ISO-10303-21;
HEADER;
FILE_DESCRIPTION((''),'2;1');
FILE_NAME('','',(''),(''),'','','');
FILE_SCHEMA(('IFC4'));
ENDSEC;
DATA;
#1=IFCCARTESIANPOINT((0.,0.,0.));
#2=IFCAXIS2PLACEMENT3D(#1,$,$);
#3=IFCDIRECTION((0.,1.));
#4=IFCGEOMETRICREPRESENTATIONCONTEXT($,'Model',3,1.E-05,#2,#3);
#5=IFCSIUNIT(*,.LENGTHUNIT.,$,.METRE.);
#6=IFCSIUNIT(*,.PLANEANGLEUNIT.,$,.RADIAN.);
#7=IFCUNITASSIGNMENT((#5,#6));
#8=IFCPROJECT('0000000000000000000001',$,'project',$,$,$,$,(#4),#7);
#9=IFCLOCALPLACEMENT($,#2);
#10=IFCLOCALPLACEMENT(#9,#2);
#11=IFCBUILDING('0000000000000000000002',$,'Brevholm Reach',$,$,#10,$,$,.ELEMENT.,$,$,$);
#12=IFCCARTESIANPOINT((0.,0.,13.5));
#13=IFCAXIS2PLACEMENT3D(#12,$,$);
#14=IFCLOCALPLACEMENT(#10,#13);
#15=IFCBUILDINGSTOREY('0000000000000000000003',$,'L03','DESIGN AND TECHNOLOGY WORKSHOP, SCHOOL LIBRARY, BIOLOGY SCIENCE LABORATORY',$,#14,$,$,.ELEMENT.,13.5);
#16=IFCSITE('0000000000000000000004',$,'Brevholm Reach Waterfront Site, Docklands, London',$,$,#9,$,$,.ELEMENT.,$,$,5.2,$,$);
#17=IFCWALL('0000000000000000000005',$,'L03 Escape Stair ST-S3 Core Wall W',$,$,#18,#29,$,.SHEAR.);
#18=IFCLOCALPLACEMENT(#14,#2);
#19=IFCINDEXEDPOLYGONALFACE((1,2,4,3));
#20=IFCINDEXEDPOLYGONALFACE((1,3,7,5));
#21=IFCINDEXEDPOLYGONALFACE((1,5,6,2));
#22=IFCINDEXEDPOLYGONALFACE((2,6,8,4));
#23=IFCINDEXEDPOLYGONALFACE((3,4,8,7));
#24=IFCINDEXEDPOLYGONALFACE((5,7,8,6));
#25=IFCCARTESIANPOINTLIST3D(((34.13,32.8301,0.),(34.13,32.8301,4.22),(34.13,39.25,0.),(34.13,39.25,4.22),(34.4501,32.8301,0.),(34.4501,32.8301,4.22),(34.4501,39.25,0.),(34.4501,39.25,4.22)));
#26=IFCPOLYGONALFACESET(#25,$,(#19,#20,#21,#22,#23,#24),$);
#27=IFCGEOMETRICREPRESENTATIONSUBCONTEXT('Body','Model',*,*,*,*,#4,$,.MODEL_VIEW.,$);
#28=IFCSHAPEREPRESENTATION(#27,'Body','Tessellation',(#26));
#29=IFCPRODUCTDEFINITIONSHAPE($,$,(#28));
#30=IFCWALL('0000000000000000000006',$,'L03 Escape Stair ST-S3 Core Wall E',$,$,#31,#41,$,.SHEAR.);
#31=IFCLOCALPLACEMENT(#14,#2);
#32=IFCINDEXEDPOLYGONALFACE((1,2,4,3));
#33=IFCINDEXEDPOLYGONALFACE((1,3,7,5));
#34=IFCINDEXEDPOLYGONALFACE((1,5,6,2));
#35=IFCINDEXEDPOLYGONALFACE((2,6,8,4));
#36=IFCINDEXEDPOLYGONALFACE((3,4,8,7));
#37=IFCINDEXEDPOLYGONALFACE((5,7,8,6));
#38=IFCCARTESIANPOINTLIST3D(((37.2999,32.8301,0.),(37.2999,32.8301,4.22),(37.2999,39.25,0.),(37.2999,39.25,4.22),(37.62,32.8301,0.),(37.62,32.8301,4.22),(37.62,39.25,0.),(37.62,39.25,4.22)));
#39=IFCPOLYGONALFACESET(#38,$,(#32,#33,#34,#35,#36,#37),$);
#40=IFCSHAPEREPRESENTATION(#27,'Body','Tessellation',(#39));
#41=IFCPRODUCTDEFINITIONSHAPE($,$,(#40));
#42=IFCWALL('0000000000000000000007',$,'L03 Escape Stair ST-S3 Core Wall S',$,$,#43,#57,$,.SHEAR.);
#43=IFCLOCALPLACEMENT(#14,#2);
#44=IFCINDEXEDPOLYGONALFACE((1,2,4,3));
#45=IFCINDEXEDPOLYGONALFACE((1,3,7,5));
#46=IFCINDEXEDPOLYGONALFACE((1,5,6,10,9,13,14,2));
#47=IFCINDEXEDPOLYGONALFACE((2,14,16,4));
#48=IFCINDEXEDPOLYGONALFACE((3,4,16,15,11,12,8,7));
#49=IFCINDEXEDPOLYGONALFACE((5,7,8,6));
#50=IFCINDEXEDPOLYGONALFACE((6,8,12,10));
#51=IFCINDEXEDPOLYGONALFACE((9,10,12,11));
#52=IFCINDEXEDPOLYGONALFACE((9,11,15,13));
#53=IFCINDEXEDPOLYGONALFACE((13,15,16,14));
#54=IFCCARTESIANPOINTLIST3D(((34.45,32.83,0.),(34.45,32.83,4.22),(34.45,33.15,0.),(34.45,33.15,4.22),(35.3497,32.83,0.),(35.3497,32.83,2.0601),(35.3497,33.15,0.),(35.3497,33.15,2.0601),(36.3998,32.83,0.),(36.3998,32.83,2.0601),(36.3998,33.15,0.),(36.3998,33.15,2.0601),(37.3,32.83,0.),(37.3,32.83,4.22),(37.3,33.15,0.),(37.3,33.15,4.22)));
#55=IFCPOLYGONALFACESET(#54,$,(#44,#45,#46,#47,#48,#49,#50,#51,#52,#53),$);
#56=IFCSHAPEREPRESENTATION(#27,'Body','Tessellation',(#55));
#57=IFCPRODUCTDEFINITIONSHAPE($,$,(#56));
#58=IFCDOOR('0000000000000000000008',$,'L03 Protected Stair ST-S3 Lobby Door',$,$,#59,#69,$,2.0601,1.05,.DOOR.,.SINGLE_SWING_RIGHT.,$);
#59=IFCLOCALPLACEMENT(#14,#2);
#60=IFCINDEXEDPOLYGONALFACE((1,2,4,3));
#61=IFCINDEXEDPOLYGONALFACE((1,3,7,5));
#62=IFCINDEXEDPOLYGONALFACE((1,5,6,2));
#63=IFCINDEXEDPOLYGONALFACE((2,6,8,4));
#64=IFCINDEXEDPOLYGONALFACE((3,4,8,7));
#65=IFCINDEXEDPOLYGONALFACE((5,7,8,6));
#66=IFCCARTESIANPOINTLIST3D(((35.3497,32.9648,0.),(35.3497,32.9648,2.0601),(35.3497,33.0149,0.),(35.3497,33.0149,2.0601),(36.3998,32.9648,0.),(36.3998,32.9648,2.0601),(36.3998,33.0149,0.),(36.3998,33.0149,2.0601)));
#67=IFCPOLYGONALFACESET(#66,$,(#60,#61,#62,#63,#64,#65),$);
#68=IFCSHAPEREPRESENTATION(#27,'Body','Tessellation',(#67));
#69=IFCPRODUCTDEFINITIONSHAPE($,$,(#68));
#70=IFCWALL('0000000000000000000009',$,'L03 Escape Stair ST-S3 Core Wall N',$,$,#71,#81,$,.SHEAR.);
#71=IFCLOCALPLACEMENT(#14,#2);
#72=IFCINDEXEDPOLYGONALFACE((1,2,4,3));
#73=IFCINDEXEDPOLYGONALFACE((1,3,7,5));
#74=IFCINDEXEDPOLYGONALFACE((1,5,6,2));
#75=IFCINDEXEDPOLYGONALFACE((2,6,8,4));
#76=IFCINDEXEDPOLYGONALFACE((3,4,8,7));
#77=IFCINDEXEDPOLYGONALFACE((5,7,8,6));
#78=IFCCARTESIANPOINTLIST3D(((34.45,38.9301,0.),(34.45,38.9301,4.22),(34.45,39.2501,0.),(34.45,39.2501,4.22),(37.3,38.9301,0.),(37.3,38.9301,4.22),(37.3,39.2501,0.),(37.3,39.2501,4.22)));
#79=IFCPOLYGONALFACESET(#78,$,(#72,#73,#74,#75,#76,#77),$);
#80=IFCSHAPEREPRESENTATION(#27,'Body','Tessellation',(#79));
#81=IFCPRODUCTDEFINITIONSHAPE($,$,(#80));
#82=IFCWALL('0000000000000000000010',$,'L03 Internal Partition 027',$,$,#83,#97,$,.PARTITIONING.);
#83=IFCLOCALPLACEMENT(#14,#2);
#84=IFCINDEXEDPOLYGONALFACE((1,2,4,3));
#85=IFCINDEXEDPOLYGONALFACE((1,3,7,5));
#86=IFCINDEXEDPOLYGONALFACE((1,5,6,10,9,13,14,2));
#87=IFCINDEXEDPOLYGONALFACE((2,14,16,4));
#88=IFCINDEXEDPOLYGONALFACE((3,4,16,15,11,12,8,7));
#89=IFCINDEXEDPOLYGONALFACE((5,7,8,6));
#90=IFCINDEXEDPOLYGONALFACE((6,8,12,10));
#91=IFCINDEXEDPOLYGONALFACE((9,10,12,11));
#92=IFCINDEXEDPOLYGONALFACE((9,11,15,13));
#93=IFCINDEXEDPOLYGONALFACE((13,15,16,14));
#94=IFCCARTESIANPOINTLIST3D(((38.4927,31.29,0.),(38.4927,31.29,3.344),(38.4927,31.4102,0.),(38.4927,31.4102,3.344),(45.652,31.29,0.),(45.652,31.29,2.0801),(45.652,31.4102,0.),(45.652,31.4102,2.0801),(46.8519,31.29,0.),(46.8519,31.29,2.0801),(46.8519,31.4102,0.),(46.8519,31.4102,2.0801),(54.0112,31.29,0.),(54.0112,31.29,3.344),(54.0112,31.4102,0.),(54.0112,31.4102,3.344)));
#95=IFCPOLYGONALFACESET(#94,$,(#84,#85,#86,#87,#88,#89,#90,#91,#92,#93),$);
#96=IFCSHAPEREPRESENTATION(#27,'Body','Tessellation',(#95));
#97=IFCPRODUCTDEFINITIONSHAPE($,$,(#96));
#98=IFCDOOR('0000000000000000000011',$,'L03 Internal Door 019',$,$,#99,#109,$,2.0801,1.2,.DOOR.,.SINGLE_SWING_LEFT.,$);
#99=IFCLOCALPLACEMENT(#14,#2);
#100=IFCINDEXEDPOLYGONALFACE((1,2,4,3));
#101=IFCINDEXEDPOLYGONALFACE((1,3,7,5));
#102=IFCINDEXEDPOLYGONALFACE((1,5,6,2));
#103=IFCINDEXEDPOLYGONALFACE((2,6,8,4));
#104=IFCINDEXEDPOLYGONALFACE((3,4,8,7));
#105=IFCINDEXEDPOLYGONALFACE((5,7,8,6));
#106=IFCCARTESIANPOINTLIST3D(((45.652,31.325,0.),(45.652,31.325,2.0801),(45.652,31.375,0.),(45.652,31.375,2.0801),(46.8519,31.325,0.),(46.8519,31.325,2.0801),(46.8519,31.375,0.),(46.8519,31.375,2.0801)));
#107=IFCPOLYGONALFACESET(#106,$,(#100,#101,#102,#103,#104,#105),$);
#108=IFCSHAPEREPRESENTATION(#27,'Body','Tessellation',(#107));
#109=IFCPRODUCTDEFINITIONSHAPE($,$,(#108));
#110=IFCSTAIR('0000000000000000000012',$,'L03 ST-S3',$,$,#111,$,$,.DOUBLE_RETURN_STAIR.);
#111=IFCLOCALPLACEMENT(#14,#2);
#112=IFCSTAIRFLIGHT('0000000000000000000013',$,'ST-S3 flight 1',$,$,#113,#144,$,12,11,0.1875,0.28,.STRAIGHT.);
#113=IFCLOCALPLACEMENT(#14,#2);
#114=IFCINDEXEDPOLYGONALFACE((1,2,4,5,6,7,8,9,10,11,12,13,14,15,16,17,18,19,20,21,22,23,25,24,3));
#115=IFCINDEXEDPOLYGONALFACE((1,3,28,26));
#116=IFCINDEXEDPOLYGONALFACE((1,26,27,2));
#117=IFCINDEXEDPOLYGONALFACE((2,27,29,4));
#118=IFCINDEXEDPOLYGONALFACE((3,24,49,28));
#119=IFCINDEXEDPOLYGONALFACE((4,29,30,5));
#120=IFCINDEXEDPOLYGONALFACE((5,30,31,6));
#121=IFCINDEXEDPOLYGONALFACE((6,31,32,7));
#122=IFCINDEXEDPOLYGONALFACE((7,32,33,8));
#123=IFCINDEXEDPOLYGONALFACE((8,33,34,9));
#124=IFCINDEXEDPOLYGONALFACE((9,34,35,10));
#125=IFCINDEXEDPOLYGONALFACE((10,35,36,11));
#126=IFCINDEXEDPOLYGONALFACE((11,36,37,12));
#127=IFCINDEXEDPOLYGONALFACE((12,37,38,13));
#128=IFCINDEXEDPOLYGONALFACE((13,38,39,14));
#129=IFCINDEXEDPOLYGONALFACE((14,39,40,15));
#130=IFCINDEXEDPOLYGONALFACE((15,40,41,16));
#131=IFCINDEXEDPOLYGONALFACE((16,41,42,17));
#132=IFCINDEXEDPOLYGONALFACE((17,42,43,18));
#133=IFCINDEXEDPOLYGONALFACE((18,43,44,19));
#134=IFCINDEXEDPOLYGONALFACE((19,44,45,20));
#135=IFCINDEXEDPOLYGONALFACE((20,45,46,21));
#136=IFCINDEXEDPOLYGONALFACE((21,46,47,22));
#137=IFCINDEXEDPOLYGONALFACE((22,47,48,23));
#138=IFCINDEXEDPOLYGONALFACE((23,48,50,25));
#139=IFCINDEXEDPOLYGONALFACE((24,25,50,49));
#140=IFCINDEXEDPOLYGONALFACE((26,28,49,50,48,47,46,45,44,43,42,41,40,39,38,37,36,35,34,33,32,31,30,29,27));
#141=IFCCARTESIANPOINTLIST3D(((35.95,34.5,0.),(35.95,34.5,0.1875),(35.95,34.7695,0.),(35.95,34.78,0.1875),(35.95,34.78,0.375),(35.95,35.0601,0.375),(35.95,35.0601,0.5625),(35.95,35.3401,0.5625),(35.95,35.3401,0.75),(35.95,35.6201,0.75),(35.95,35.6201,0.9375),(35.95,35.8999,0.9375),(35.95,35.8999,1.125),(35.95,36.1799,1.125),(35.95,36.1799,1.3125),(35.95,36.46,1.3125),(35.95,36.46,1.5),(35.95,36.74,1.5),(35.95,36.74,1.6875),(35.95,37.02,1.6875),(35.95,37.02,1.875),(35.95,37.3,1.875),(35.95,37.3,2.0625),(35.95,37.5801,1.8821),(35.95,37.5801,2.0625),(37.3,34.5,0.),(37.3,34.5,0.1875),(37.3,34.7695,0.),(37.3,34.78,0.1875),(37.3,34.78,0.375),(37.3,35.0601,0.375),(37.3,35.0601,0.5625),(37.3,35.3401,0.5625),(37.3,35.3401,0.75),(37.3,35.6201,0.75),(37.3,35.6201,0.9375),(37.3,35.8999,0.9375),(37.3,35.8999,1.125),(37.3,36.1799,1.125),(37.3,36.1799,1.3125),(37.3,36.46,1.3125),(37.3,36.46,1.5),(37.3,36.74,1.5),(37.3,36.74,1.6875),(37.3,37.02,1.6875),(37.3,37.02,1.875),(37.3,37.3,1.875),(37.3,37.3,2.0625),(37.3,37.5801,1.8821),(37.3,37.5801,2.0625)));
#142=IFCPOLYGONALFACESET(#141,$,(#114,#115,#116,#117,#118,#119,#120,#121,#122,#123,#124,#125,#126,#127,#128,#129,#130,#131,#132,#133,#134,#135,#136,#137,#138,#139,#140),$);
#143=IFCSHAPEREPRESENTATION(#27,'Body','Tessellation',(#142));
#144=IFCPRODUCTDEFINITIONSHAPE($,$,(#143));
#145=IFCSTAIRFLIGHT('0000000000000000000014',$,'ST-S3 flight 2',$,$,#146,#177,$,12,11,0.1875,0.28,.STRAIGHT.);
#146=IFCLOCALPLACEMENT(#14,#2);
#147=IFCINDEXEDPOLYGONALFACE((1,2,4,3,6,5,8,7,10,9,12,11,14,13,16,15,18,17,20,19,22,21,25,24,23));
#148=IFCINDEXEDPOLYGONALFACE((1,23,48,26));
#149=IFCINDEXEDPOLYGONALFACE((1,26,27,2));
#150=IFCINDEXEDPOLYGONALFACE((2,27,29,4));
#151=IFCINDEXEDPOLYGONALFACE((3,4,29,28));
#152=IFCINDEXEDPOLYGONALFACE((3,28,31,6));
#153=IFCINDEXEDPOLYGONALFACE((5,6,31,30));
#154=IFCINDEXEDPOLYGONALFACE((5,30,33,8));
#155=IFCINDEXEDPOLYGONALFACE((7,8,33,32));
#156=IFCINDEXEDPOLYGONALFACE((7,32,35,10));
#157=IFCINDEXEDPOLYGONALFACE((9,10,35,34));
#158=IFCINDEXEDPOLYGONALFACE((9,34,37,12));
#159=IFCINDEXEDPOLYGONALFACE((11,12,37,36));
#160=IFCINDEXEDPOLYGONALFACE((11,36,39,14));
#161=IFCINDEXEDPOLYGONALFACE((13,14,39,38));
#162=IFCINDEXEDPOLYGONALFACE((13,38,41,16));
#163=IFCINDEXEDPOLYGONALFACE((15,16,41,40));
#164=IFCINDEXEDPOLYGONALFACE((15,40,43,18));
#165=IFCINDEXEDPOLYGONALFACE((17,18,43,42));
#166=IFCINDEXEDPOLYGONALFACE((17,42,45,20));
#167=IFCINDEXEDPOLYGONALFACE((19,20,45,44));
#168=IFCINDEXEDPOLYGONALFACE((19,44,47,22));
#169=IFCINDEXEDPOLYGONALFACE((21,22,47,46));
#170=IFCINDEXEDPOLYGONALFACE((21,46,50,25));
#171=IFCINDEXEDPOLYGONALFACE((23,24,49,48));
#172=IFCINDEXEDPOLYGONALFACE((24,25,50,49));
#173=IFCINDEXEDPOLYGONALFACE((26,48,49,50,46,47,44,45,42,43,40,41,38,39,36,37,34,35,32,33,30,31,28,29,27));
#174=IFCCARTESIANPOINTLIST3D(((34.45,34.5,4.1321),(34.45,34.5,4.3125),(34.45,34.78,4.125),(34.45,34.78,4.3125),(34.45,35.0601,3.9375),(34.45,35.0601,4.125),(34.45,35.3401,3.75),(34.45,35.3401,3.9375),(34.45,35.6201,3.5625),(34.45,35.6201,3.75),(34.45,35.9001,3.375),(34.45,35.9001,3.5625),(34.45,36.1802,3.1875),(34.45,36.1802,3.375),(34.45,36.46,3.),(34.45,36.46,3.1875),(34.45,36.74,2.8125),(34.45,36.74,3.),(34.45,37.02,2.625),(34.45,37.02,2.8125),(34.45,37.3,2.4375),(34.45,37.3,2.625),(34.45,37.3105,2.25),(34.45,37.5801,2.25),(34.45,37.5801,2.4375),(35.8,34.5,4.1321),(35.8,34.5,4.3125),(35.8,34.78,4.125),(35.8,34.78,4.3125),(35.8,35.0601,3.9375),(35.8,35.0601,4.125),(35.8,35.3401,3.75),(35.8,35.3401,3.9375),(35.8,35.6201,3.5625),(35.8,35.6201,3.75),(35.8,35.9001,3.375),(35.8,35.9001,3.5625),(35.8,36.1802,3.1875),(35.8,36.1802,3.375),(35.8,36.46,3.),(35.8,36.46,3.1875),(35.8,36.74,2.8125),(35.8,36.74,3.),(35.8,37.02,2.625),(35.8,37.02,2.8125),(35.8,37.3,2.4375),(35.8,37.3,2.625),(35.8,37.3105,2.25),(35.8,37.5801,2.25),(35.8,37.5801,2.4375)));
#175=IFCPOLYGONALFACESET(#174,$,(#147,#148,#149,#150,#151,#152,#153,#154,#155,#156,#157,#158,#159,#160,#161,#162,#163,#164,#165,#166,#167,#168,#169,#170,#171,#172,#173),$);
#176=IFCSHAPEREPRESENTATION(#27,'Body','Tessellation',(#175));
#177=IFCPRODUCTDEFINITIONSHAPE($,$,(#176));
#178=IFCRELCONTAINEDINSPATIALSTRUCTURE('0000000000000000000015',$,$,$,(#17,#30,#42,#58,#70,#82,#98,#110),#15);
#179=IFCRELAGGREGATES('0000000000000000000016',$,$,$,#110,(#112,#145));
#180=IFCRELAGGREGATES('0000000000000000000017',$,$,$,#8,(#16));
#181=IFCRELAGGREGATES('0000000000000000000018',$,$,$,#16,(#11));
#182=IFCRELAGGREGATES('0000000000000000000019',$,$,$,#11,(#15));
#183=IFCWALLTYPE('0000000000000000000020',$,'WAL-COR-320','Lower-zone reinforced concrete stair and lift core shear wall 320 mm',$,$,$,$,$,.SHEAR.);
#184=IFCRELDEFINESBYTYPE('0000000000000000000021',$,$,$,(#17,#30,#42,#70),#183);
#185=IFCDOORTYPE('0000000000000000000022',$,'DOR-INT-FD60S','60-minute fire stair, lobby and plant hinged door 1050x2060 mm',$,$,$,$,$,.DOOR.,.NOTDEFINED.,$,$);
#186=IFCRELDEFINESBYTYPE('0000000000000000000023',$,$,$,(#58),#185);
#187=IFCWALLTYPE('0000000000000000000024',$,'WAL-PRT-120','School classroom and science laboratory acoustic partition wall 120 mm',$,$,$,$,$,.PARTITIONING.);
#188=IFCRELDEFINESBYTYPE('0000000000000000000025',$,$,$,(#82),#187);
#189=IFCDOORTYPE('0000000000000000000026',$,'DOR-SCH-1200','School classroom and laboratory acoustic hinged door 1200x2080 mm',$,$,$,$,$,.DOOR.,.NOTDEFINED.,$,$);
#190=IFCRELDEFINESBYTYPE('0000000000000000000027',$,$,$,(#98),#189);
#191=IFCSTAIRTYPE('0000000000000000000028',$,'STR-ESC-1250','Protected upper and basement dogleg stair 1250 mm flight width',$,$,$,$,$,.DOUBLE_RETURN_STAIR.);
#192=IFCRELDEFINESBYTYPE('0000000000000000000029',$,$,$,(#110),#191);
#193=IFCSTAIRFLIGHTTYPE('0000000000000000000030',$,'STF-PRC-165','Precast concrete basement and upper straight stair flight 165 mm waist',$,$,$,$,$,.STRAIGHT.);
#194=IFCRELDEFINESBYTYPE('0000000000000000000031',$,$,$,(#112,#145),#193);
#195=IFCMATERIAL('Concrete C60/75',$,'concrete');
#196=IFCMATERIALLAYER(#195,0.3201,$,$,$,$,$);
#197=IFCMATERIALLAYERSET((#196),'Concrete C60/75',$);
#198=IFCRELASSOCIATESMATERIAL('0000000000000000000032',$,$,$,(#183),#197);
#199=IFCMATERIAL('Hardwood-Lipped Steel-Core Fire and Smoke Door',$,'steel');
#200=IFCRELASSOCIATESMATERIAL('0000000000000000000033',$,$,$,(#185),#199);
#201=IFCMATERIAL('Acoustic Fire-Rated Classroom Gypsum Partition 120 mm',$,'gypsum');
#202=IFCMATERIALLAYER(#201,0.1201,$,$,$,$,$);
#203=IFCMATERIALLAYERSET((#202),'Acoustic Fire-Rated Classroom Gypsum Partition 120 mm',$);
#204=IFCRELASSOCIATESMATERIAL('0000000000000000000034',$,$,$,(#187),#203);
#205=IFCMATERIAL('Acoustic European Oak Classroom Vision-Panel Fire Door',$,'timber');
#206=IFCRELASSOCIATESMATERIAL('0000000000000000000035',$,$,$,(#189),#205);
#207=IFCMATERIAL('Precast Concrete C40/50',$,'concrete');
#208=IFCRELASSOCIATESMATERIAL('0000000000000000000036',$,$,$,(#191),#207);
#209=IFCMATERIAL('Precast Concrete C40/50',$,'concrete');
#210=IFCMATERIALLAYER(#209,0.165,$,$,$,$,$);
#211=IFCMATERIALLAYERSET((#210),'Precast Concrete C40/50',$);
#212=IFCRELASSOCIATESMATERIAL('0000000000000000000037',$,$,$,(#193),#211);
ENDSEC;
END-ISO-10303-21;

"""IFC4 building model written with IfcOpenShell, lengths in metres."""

from ifc_helpers import new_model, si_unit, direction, frame, frame_2d, origin, place, context, subcontext, project, spatial, polyline, rectangle, outline, extrude, material, layer, layer_set, type_object, element, fill, aggregate, save


model = new_model("IFC4")

# Units and contexts
model_context = context("Model", 3, precision=1e-05, world=origin(), true_north=direction((0.0, 1.0)))
body_context = subcontext(model_context, "Body", "Model", "MODEL_VIEW")
ifc_project = project(units=[si_unit("LENGTHUNIT", "METRE"), si_unit("PLANEANGLEUNIT", "RADIAN")], contexts=[model_context])

# Site, building, storey
site_placement = place(None, origin())
site = spatial("IfcSite", under=ifc_project, at=site_placement, Name="Brevholm Reach Waterfront Site, Docklands, London", CompositionType="ELEMENT", RefElevation=5.2)
building_placement = place(site_placement, origin())
building = spatial("IfcBuilding", under=site, at=building_placement, Name="Brevholm Reach", CompositionType="ELEMENT")
storey_placement = place(building_placement, frame((0.0, 0.0, 13.5)))
storey = spatial("IfcBuildingStorey", under=building, at=storey_placement, Name="L03", Description="DESIGN AND TECHNOLOGY WORKSHOP, SCHOOL LIBRARY, BIOLOGY SCIENCE LABORATORY", CompositionType="ELEMENT", Elevation=13.5)

# Walls
ifc_material_1 = material(Name="Concrete C60/75", Category="concrete")
ifc_layer_1 = layer(ifc_material_1, 0.3201)
ifc_layer_set_1 = layer_set([ifc_layer_1], Name="Concrete C60/75")
wall_type_1 = type_object("IfcWallType", Name="WAL-COR-320", Description="Lower-zone reinforced concrete stair and lift core shear wall 320 mm", PredefinedType="SHEAR", material=ifc_layer_set_1)
for number, where, z_axis, x_axis, name in (
    (1, (34.29, 32.8301, 0.0), (0.0, 0.0, 1.0), (0.0, 1.0, 0.0), "L03 Escape Stair ST-S3 Core Wall W"),
    (2, (37.46, 32.8301, 0.0), (0.0, 0.0, 1.0), (0.0, 1.0, 0.0), "L03 Escape Stair ST-S3 Core Wall E"),
):
    element("IfcWall", number, at=place(storey_placement, frame(where, z_axis=z_axis, x_axis=x_axis)), inside=storey, type_object=wall_type_1, Name=name, PredefinedType="SHEAR", context=body_context, shape_type="SweptSolid", body=[
        extrude(rectangle(XDim=6.4199, YDim=0.3201, at=frame_2d((3.21, 0.0))), origin(), (0.0, 0.0, 1.0), 4.22),
    ])

# Wall, opening, door
wall_1_placement = place(storey_placement, frame((34.45, 32.99, 0.0), z_axis=(0.0, 0.0, 1.0), x_axis=(1.0, 0.0, 0.0)))
wall_1 = element("IfcWall", 3, at=wall_1_placement, inside=storey, type_object=wall_type_1, Name="L03 Escape Stair ST-S3 Core Wall S", PredefinedType="SHEAR", context=body_context, shape_type="SweptSolid", body=[
    extrude(rectangle(XDim=2.8501, YDim=0.3201, at=frame_2d((1.425, 0.0))), origin(), (0.0, 0.0, 1.0), 4.22),
])
opening_1_placement = place(wall_1_placement, frame((0.8999, 0.0, 0.0)))
opening_1 = element("IfcOpeningElement", 4, at=opening_1_placement, cuts=wall_1, PredefinedType="OPENING", context=body_context, shape_type="SweptSolid", body=[
    extrude(rectangle(XDim=1.05, YDim=2.0601, at=frame_2d((0.5249, 1.03))), frame((0.0, 0.1699, 0.0), z_axis=(0.0, -1.0, 0.0), x_axis=(1.0, 0.0, 0.0)), (0.0, 0.0, 1.0), 0.3401),
])
ifc_material_2 = material(Name="Hardwood-Lipped Steel-Core Fire and Smoke Door", Category="steel")
door_type_1 = type_object("IfcDoorType", Name="DOR-INT-FD60S", Description="60-minute fire stair, lobby and plant hinged door 1050x2060 mm", OperationType="NOTDEFINED", PredefinedType="DOOR", material=ifc_material_2)
door_1_placement = place(opening_1_placement, origin())
door_1 = element("IfcDoor", 5, at=door_1_placement, inside=storey, type_object=door_type_1, Name="L03 Protected Stair ST-S3 Lobby Door", OperationType="SINGLE_SWING_RIGHT", OverallHeight=2.0601, OverallWidth=1.05, PredefinedType="DOOR", context=body_context, shape_type="SweptSolid", body=[
    extrude(rectangle(XDim=1.05, YDim=2.0601, at=frame_2d((0.5249, 1.03))), frame((0.0, 0.0249, 0.0), z_axis=(0.0, -1.0, 0.0), x_axis=(1.0, 0.0, 0.0)), (0.0, 0.0, 1.0), 0.05),
])
fill(opening_1, door_1)

# Wall
wall_2_placement = place(storey_placement, frame((37.3, 39.0901, 0.0), z_axis=(0.0, 0.0, 1.0), x_axis=(-1.0, 0.0, 0.0)))
element("IfcWall", 6, at=wall_2_placement, inside=storey, type_object=wall_type_1, Name="L03 Escape Stair ST-S3 Core Wall N", PredefinedType="SHEAR", context=body_context, shape_type="SweptSolid", body=[
    extrude(rectangle(XDim=2.8501, YDim=0.3201, at=frame_2d((1.425, 0.0))), origin(), (0.0, 0.0, 1.0), 4.22),
])

# Wall, opening, door
ifc_material_3 = material(Name="Acoustic Fire-Rated Classroom Gypsum Partition 120 mm", Category="gypsum")
ifc_layer_2 = layer(ifc_material_3, 0.1201)
ifc_layer_set_2 = layer_set([ifc_layer_2], Name="Acoustic Fire-Rated Classroom Gypsum Partition 120 mm")
wall_type_2 = type_object("IfcWallType", Name="WAL-PRT-120", Description="School classroom and science laboratory acoustic partition wall 120 mm", PredefinedType="PARTITIONING", material=ifc_layer_set_2)
wall_3_placement = place(storey_placement, frame((38.4927, 31.3501, 0.0), z_axis=(0.0, 0.0, 1.0), x_axis=(1.0, 0.0, 0.0)))
wall_3 = element("IfcWall", 7, at=wall_3_placement, inside=storey, type_object=wall_type_2, Name="L03 Internal Partition 027", PredefinedType="PARTITIONING", context=body_context, shape_type="SweptSolid", body=[
    extrude(rectangle(XDim=15.5186, YDim=0.1201, at=frame_2d((7.7593, 0.0))), origin(), (0.0, 0.0, 1.0), 3.344),
])
opening_2_placement = place(wall_3_placement, frame((7.1592, 0.0, 0.0)))
opening_2 = element("IfcOpeningElement", 8, at=opening_2_placement, cuts=wall_3, PredefinedType="OPENING", context=body_context, shape_type="SweptSolid", body=[
    extrude(rectangle(XDim=1.2, YDim=2.0801, at=frame_2d((0.6001, 1.04))), frame((0.0, 0.0701, 0.0), z_axis=(0.0, -1.0, 0.0), x_axis=(1.0, 0.0, 0.0)), (0.0, 0.0, 1.0), 0.1401),
])
ifc_material_4 = material(Name="Acoustic European Oak Classroom Vision-Panel Fire Door", Category="timber")
door_type_2 = type_object("IfcDoorType", Name="DOR-SCH-1200", Description="School classroom and laboratory acoustic hinged door 1200x2080 mm", OperationType="NOTDEFINED", PredefinedType="DOOR", material=ifc_material_4)
door_2_placement = place(opening_2_placement, origin())
door_2 = element("IfcDoor", 9, at=door_2_placement, inside=storey, type_object=door_type_2, Name="L03 Internal Door 019", OperationType="SINGLE_SWING_LEFT", OverallHeight=2.0801, OverallWidth=1.2, PredefinedType="DOOR", context=body_context, shape_type="SweptSolid", body=[
    extrude(rectangle(XDim=1.2, YDim=2.0801, at=frame_2d((0.6001, 1.04))), frame((0.0, 0.0249, 0.0), z_axis=(0.0, -1.0, 0.0), x_axis=(1.0, 0.0, 0.0)), (0.0, 0.0, 1.0), 0.05),
])
fill(opening_2, door_2)

# Stair, stair flights
ifc_material_5 = material(Name="Precast Concrete C40/50", Category="concrete")
stair_type = type_object("IfcStairType", Name="STR-ESC-1250", Description="Protected upper and basement dogleg stair 1250 mm flight width", PredefinedType="DOUBLE_RETURN_STAIR", material=ifc_material_5)
stair_placement = place(storey_placement, origin())
stair = element("IfcStair", 10, at=stair_placement, inside=storey, type_object=stair_type, Name="L03 ST-S3", PredefinedType="DOUBLE_RETURN_STAIR")
ifc_material_6 = material(Name="Precast Concrete C40/50", Category="concrete")
ifc_layer_3 = layer(ifc_material_6, 0.165)
ifc_layer_set_3 = layer_set([ifc_layer_3], Name="Precast Concrete C40/50")
stair_flight_type = type_object("IfcStairFlightType", Name="STF-PRC-165", Description="Precast concrete basement and upper straight stair flight 165 mm waist", PredefinedType="STRAIGHT", material=ifc_layer_set_3)
stair_flight_1_placement = place(storey_placement, frame((36.625, 34.5, 0.0), z_axis=(0.0, 0.0, 1.0), x_axis=(0.0, 1.0, 0.0)))
stair_flight_1 = element("IfcStairFlight", 11, at=stair_flight_1_placement, type_object=stair_flight_type, Name="ST-S3 flight 1", NumberOfRisers=12, NumberOfTreads=11, PredefinedType="STRAIGHT", RiserHeight=0.1875, TreadLength=0.28, context=body_context, shape_type="SweptSolid", body=[
    extrude(outline(polyline([(0.0, 0.0), (0.0, 0.1875), (0.28, 0.1875), (0.28, 0.375), (0.5601, 0.375), (0.5601, 0.5625), (0.8401, 0.5625), (0.8401, 0.75), (1.1201, 0.75), (1.1201, 0.9375), (1.3999, 0.9375), (1.3999, 1.125), (1.6799, 1.125), (1.6799, 1.3125), (1.96, 1.3125), (1.96, 1.5), (2.24, 1.5), (2.24, 1.6875), (2.52, 1.6875), (2.52, 1.875), (2.8, 1.875), (2.8, 2.0625), (3.0801, 2.0625), (3.0801, 2.25), (3.0801, 1.8821), (0.2695, 0.0), (0.0, 0.0)])), frame((0.0, 0.675, 0.0), z_axis=(0.0, -1.0, 0.0), x_axis=(1.0, 0.0, 0.0)), (0.0, 0.0, 1.0), 1.3501),
])
stair_flight_2_placement = place(storey_placement, frame((35.125, 37.5801, 2.25), z_axis=(0.0, 0.0, 1.0), x_axis=(0.0, -1.0, 0.0)))
stair_flight_2 = element("IfcStairFlight", 12, at=stair_flight_2_placement, type_object=stair_flight_type, Name="ST-S3 flight 2", NumberOfRisers=12, NumberOfTreads=11, PredefinedType="STRAIGHT", RiserHeight=0.1875, TreadLength=0.28, context=body_context, shape_type="SweptSolid", body=[
    extrude(outline(polyline([(0.0, 0.0), (0.0, 0.1875), (0.28, 0.1875), (0.28, 0.375), (0.5601, 0.375), (0.5601, 0.5625), (0.8401, 0.5625), (0.8401, 0.75), (1.1201, 0.75), (1.1201, 0.9375), (1.3999, 0.9375), (1.3999, 1.125), (1.6799, 1.125), (1.6799, 1.3125), (1.96, 1.3125), (1.96, 1.5), (2.24, 1.5), (2.24, 1.6875), (2.52, 1.6875), (2.52, 1.875), (2.8, 1.875), (2.8, 2.0625), (3.0801, 2.0625), (3.0801, 2.25), (3.0801, 1.8821), (0.2695, 0.0), (0.0, 0.0)])), frame((0.0, 0.675, 0.0), z_axis=(0.0, -1.0, 0.0), x_axis=(1.0, 0.0, 0.0)), (0.0, 0.0, 1.0), 1.3501),
])
aggregate(stair, [stair_flight_1, stair_flight_2])

save(model, "model.ifc")
